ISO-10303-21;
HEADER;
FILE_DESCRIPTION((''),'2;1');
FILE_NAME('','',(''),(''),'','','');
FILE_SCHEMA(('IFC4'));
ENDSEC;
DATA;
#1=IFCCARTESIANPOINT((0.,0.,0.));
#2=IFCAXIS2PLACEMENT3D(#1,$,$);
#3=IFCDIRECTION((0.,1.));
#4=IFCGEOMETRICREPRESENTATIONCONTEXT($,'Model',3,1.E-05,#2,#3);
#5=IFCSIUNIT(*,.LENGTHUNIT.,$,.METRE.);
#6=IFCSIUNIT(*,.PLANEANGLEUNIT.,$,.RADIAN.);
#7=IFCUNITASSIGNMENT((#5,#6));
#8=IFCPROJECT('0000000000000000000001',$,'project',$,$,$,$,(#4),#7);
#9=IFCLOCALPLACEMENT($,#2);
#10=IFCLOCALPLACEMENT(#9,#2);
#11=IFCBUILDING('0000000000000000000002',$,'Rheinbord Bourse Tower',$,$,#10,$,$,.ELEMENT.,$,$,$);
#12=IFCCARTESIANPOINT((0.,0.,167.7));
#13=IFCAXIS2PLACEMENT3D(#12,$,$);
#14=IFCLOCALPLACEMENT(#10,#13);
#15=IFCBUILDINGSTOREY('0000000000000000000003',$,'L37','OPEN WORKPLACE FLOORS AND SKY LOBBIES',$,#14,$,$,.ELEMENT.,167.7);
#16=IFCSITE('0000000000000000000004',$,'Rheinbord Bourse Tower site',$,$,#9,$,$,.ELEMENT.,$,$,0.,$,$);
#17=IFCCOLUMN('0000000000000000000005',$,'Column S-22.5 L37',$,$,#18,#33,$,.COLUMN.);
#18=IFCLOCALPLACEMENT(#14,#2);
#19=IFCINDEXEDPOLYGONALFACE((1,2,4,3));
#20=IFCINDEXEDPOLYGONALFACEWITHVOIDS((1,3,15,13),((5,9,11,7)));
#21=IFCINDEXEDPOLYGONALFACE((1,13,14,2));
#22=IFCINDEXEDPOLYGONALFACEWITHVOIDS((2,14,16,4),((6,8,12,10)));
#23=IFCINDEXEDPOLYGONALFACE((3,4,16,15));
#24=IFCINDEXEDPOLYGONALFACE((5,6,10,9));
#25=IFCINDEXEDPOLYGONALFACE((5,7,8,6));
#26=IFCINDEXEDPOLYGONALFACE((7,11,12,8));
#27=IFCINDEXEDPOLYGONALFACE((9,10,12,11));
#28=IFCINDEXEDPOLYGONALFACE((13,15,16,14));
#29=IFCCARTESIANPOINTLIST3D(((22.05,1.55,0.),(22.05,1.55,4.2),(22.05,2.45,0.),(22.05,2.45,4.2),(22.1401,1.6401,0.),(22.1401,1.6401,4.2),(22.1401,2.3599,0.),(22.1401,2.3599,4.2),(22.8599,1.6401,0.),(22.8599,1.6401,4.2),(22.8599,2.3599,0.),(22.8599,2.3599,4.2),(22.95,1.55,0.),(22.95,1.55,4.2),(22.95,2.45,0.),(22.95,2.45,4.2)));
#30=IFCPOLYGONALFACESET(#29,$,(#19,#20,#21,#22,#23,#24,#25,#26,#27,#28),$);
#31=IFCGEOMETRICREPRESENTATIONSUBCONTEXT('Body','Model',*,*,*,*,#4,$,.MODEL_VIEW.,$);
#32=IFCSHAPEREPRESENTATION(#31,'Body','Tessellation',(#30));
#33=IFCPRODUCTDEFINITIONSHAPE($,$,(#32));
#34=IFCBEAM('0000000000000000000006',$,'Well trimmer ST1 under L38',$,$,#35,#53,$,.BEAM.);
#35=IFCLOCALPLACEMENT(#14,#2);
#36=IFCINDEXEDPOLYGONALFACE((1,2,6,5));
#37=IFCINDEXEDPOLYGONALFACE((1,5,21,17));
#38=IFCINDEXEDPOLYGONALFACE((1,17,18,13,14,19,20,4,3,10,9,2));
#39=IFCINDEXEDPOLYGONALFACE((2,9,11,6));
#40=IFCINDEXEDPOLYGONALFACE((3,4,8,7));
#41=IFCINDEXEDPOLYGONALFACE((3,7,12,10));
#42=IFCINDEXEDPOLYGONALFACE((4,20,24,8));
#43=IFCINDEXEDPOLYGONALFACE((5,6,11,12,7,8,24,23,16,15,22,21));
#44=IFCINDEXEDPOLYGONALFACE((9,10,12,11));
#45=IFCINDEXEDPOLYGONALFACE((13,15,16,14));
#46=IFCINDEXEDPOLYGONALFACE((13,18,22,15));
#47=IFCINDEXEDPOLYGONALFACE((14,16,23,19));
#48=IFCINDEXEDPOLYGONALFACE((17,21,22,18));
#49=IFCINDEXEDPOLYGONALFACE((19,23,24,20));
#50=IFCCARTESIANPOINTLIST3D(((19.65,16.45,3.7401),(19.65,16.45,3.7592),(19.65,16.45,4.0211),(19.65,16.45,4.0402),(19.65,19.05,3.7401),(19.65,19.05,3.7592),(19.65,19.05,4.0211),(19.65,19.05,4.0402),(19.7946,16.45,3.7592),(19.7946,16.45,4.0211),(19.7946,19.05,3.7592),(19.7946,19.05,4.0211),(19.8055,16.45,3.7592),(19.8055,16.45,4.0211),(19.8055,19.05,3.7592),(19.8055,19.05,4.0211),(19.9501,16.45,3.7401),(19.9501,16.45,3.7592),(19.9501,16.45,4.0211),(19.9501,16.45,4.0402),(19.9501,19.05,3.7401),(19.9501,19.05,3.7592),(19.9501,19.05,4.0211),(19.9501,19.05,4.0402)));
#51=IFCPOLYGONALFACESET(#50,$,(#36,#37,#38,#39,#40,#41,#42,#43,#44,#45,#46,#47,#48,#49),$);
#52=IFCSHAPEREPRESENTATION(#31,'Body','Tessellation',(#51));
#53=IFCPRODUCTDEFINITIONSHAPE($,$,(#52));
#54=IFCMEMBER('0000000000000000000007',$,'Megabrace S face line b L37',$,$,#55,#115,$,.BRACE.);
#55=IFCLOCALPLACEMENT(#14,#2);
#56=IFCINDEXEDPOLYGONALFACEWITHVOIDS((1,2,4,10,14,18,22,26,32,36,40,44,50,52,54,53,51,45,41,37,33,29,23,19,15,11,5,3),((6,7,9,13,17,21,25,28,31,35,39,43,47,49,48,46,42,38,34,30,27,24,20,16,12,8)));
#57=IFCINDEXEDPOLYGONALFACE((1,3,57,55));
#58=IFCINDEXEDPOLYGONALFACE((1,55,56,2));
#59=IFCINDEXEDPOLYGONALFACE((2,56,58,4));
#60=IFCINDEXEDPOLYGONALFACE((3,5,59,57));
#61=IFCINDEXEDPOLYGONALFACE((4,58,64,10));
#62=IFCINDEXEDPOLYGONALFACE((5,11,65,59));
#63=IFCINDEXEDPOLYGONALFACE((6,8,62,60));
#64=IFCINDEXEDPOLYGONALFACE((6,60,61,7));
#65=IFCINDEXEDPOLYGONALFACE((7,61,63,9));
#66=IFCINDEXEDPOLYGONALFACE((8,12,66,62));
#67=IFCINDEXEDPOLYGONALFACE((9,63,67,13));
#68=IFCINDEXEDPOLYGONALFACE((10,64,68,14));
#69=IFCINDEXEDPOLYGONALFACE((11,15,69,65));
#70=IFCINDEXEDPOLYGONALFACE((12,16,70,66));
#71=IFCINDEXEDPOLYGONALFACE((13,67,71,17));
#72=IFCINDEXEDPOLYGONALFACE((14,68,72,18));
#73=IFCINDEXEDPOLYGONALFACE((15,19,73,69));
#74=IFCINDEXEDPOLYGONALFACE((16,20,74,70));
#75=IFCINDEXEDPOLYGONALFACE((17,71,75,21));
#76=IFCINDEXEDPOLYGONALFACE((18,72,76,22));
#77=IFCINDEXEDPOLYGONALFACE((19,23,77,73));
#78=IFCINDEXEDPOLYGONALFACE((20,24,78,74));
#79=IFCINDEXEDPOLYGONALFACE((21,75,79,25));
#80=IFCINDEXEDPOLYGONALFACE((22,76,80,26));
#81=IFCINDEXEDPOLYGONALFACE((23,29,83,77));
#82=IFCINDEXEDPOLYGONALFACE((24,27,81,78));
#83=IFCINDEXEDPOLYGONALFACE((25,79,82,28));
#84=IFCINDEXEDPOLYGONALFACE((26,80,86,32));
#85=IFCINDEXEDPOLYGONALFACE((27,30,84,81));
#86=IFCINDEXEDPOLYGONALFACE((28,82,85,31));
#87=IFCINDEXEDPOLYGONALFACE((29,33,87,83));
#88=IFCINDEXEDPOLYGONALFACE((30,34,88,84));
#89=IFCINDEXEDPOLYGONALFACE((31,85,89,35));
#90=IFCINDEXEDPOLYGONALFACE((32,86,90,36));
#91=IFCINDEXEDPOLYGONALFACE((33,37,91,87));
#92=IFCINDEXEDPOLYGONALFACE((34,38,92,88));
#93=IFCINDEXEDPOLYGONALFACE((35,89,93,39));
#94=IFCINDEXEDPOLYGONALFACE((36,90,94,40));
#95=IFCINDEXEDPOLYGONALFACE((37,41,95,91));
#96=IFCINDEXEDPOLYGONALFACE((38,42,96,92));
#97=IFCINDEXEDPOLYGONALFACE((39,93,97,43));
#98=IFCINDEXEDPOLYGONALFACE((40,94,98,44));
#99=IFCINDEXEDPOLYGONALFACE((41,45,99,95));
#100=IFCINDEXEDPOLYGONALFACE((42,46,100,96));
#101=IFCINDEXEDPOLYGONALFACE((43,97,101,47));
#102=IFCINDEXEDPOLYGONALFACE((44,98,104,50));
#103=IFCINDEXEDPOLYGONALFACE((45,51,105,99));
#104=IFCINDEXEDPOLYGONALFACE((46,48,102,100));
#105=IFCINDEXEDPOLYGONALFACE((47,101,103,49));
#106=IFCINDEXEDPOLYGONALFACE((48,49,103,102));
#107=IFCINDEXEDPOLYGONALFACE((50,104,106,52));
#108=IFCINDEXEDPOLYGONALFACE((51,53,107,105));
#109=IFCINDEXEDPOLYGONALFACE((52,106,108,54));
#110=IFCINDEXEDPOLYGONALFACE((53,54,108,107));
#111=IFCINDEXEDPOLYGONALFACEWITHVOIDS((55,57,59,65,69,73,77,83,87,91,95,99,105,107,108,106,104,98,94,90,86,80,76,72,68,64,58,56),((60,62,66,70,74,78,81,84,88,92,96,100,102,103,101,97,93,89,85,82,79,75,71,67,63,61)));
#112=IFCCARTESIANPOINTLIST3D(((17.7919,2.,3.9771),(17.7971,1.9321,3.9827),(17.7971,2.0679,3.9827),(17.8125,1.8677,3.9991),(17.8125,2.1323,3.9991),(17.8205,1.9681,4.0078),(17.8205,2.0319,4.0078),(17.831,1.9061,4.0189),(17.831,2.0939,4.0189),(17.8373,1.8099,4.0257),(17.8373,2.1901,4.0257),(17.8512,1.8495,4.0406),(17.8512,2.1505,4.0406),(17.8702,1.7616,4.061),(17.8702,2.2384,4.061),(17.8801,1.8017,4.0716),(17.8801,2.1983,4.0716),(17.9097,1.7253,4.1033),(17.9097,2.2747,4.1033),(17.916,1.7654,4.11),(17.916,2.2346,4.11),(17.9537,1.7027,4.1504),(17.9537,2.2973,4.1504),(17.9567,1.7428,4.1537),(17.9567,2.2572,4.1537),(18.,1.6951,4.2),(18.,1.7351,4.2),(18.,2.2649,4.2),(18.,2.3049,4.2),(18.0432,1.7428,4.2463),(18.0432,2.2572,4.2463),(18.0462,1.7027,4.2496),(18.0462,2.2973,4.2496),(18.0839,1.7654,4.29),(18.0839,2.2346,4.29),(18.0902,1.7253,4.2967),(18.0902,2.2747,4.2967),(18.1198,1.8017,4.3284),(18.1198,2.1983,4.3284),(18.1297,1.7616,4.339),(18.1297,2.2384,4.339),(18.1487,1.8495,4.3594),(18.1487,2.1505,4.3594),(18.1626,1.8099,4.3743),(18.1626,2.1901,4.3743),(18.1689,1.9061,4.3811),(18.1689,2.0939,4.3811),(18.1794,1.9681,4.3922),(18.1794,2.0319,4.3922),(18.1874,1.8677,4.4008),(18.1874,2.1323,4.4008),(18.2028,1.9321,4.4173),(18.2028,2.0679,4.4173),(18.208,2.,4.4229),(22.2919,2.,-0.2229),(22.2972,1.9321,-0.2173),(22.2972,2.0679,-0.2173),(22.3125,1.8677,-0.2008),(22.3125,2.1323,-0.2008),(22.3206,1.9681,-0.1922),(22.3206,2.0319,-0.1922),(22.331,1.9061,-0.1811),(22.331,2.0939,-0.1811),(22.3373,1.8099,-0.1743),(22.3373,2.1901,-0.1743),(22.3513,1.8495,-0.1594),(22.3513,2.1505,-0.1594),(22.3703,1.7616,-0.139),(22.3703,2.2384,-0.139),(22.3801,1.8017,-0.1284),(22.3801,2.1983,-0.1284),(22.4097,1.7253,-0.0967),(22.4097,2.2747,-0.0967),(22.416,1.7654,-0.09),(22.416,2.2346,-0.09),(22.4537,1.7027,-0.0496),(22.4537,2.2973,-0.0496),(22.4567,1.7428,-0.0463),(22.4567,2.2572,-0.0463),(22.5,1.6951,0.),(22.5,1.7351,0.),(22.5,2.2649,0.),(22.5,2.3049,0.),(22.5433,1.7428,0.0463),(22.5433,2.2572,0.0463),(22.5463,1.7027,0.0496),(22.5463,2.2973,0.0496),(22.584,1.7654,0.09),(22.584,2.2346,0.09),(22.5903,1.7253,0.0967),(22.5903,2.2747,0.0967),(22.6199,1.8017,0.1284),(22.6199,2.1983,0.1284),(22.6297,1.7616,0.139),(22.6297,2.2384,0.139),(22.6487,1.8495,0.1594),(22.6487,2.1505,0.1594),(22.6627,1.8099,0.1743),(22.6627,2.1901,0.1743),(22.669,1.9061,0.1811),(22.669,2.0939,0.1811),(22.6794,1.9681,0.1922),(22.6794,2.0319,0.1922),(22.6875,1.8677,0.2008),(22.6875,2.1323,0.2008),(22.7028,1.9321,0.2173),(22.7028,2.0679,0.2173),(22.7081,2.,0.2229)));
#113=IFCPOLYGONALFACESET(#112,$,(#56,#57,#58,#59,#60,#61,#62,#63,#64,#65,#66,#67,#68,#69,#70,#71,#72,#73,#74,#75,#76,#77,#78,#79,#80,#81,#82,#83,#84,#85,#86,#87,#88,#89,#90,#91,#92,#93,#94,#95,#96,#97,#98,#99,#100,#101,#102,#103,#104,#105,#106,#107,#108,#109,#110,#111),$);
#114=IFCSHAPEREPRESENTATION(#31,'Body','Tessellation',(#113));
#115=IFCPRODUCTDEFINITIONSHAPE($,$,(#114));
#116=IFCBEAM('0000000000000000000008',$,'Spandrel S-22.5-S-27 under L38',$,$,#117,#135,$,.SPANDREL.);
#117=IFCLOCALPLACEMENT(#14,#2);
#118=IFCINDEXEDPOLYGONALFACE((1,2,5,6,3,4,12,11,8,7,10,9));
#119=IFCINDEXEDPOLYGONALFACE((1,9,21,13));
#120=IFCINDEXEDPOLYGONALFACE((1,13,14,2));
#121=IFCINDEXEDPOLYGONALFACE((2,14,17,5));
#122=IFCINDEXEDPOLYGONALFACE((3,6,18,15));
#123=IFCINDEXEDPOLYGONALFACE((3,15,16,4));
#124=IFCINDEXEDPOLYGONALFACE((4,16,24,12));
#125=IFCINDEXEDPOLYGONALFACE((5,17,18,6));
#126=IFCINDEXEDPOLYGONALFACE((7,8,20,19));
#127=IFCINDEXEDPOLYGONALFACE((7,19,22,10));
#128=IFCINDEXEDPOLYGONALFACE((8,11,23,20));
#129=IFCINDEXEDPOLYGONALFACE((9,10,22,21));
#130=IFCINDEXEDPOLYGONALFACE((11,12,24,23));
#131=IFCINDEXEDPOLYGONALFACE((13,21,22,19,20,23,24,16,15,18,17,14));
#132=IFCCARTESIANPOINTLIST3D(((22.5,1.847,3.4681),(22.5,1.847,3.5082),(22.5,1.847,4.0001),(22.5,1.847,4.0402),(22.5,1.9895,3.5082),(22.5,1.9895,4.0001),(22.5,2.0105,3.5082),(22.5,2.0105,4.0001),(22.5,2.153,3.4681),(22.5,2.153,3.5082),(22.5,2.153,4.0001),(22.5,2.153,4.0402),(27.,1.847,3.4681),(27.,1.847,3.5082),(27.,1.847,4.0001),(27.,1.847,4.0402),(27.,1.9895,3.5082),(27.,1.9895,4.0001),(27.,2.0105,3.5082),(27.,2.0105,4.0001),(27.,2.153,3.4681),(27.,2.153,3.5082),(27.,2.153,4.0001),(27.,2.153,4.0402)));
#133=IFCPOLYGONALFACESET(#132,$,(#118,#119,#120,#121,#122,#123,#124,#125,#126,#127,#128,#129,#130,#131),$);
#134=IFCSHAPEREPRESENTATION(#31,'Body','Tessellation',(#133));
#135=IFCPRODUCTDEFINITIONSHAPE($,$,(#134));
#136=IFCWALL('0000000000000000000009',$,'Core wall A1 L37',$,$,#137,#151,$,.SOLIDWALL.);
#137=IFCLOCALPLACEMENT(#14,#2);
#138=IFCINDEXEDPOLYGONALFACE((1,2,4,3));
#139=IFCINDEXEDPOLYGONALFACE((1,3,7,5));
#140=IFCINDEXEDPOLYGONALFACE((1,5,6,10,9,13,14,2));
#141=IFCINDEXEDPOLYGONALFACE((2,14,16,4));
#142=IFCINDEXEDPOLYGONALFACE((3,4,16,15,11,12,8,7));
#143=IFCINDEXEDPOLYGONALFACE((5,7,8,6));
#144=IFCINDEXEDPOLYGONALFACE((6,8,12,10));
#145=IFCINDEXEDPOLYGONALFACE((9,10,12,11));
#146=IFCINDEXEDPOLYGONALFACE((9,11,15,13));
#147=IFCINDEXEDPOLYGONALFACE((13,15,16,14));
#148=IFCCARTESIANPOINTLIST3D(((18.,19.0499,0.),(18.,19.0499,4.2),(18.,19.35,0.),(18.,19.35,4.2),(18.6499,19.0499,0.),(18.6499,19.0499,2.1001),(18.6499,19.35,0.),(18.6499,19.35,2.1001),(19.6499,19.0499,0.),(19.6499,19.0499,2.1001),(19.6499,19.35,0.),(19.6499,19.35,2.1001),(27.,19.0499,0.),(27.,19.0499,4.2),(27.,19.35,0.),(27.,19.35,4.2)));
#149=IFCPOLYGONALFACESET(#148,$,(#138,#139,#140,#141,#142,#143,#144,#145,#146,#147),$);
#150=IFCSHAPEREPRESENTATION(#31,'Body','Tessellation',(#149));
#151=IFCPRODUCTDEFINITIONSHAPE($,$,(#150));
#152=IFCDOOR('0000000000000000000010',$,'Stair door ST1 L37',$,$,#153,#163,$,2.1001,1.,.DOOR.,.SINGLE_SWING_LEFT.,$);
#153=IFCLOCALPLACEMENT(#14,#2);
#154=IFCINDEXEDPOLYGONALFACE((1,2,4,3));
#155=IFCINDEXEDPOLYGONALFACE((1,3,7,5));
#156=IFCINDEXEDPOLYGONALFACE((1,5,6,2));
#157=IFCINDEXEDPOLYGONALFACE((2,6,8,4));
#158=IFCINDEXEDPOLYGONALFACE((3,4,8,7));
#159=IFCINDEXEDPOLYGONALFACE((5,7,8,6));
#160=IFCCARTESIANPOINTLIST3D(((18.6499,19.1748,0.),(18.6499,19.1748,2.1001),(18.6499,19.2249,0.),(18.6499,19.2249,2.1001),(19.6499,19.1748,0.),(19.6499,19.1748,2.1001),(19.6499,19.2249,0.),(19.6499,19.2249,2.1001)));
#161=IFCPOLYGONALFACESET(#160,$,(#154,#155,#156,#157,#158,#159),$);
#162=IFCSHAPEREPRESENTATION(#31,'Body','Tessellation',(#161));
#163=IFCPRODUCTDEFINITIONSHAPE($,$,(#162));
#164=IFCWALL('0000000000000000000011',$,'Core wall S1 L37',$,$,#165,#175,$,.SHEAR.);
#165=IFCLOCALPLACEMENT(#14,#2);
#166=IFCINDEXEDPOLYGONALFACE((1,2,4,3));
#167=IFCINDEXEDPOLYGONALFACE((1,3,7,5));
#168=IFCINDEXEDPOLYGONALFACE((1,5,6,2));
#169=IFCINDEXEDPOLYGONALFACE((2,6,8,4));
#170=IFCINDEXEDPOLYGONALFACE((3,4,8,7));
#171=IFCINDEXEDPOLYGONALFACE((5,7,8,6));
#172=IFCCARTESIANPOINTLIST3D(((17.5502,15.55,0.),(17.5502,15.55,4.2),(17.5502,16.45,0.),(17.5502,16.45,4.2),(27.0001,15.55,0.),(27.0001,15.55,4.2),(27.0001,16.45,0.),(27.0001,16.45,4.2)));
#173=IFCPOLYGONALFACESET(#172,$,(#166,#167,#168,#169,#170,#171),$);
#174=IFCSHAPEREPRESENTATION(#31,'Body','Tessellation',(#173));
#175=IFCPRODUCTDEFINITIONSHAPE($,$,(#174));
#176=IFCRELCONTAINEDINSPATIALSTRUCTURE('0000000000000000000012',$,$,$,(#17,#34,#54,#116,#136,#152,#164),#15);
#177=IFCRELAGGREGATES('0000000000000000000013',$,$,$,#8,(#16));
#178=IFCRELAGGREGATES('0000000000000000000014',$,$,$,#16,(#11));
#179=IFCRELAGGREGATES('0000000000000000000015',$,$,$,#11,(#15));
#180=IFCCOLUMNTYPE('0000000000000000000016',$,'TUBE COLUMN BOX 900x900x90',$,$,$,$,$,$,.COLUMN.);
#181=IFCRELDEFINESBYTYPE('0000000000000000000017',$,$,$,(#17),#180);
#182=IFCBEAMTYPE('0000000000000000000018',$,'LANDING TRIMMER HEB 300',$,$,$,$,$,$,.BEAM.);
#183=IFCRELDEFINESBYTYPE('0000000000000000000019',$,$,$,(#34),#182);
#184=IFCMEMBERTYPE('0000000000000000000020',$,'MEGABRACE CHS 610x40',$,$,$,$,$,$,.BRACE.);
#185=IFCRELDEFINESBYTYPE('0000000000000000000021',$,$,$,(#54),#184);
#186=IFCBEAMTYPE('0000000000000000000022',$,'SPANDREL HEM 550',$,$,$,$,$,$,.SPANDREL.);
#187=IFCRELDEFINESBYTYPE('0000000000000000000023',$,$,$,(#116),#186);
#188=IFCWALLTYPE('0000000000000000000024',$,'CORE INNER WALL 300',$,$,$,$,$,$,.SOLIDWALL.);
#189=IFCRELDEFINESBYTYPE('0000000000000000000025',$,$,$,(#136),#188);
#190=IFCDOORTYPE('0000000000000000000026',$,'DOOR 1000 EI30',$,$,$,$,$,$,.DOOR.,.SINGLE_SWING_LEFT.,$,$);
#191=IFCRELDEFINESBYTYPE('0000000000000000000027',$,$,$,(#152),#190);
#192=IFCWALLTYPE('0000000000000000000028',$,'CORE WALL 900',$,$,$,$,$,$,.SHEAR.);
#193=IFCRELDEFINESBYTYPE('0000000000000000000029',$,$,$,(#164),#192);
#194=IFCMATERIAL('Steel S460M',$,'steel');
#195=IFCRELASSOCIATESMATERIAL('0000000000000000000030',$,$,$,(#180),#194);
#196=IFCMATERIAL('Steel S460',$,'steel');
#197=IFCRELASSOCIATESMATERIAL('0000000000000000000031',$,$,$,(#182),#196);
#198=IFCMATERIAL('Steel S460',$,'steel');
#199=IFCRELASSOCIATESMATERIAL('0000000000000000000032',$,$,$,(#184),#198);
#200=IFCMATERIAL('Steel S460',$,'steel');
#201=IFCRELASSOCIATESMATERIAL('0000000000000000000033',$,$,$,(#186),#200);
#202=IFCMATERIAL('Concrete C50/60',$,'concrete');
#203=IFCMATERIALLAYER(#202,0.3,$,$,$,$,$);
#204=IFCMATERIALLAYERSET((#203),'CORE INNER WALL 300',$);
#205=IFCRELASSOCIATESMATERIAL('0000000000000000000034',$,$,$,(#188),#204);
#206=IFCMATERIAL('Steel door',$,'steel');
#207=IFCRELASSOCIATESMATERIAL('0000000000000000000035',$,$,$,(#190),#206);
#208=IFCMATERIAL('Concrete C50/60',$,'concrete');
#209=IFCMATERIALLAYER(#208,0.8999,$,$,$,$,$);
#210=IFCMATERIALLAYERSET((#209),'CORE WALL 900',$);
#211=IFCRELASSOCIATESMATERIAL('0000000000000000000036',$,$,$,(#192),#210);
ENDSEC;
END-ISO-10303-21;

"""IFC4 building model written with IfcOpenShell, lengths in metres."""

from ifc_helpers import new_model, si_unit, direction, frame, frame_2d, origin, origin_2d, place, context, subcontext, project, spatial, rectangle, hollow_rectangle, hollow_circle, i_section, extrude, material, layer, layer_set, material_profile, profile_set, type_object, element, fill, save


model = new_model("IFC4")

# Units and contexts
model_context = context("Model", 3, precision=1e-05, world=origin(), true_north=direction((0.0, 1.0)))
body_context = subcontext(model_context, "Body", "Model", "MODEL_VIEW")
ifc_project = project(units=[si_unit("LENGTHUNIT", "METRE"), si_unit("PLANEANGLEUNIT", "RADIAN")], contexts=[model_context])

# Site, building, storey
site_placement = place(None, origin())
site = spatial("IfcSite", under=ifc_project, at=site_placement, Name="Rheinbord Bourse Tower site", CompositionType="ELEMENT", RefElevation=0.0)
building_placement = place(site_placement, origin())
building = spatial("IfcBuilding", under=site, at=building_placement, Name="Rheinbord Bourse Tower", CompositionType="ELEMENT")
storey_placement = place(building_placement, frame((0.0, 0.0, 167.7)))
storey = spatial("IfcBuildingStorey", under=building, at=storey_placement, Name="L37", Description="OPEN WORKPLACE FLOORS AND SKY LOBBIES", CompositionType="ELEMENT", Elevation=167.7)

# Column
ifc_material_1 = material(Name="Steel S460M", Category="steel")
ifc_material_profile_1 = material_profile(ifc_material_1, hollow_rectangle(XDim=0.8999, YDim=0.8999, WallThickness=0.0901, at=origin_2d()), Name="BOX 900x900x90")
ifc_profile_set_1 = profile_set([ifc_material_profile_1], Name="Steel S460M")
column_type = type_object("IfcColumnType", Name="TUBE COLUMN BOX 900x900x90", PredefinedType="COLUMN", material=ifc_profile_set_1)
column_placement = place(storey_placement, frame((22.5, 2.0, 0.0), z_axis=(0.0, 0.0, 1.0), x_axis=(0.0, 1.0, 0.0)))
element("IfcColumn", 1, at=column_placement, inside=storey, type_object=column_type, Name="Column S-22.5 L37", PredefinedType="COLUMN", context=body_context, shape_type="SweptSolid", body=[
    extrude(hollow_rectangle(XDim=0.8999, YDim=0.8999, WallThickness=0.0901, at=origin_2d()), origin(), (0.0, 0.0, 1.0), 4.2),
])

# Beam
ifc_material_2 = material(Name="Steel S460", Category="steel")
ifc_material_profile_2 = material_profile(ifc_material_2, i_section(OverallWidth=0.3, OverallDepth=0.3, WebThickness=0.011, FlangeThickness=0.019, at=origin_2d()), Name="HEB 300")
ifc_profile_set_2 = profile_set([ifc_material_profile_2], Name="Steel S460")
beam_type_1 = type_object("IfcBeamType", Name="LANDING TRIMMER HEB 300", PredefinedType="BEAM", material=ifc_profile_set_2)
beam_1_placement = place(storey_placement, frame((19.8, 16.45, 3.8901), z_axis=(0.0, 1.0, 0.0), x_axis=(-1.0, 0.0, 0.0)))
element("IfcBeam", 2, at=beam_1_placement, inside=storey, type_object=beam_type_1, Name="Well trimmer ST1 under L38", PredefinedType="BEAM", context=body_context, shape_type="SweptSolid", body=[
    extrude(i_section(OverallWidth=0.3, OverallDepth=0.3, WebThickness=0.011, FlangeThickness=0.019, at=origin_2d()), origin(), (0.0, 0.0, 1.0), 2.6001),
])

# Member
ifc_material_3 = material(Name="Steel S460", Category="steel")
ifc_material_profile_3 = material_profile(ifc_material_3, hollow_circle(Radius=0.3049, WallThickness=0.04, at=origin_2d()), Name="CHS 610x40")
ifc_profile_set_3 = profile_set([ifc_material_profile_3], Name="Steel S460")
member_type = type_object("IfcMemberType", Name="MEGABRACE CHS 610x40", PredefinedType="BRACE", material=ifc_profile_set_3)
member_placement = place(storey_placement, frame((22.5, 2.0, 0.0), z_axis=(-0.731059, 0.0, 0.682314), x_axis=(0.0, -1.0, 0.0)))
element("IfcMember", 3, at=member_placement, inside=storey, type_object=member_type, Name="Megabrace S face line b L37", PredefinedType="BRACE", context=body_context, shape_type="SweptSolid", body=[
    extrude(hollow_circle(Radius=0.3049, WallThickness=0.04, at=origin_2d()), origin(), (0.0, 0.0, 1.0), 6.1555),
])

# Beam
ifc_material_4 = material(Name="Steel S460", Category="steel")
ifc_material_profile_4 = material_profile(ifc_material_4, i_section(OverallWidth=0.3059, OverallDepth=0.572, WebThickness=0.021, FlangeThickness=0.04, at=origin_2d()), Name="HEM 550")
ifc_profile_set_4 = profile_set([ifc_material_profile_4], Name="Steel S460")
beam_type_2 = type_object("IfcBeamType", Name="SPANDREL HEM 550", PredefinedType="SPANDREL", material=ifc_profile_set_4)
beam_2_placement = place(storey_placement, frame((22.5, 2.0, 3.7542), z_axis=(1.0, 0.0, 0.0), x_axis=(0.0, 1.0, 0.0)))
element("IfcBeam", 4, at=beam_2_placement, inside=storey, type_object=beam_type_2, Name="Spandrel S-22.5-S-27 under L38", PredefinedType="SPANDREL", context=body_context, shape_type="SweptSolid", body=[
    extrude(i_section(OverallWidth=0.3059, OverallDepth=0.572, WebThickness=0.021, FlangeThickness=0.04, at=origin_2d()), origin(), (0.0, 0.0, 1.0), 4.5),
])

# Wall, opening, door
ifc_material_5 = material(Name="Concrete C50/60", Category="concrete")
ifc_layer_1 = layer(ifc_material_5, 0.3)
ifc_layer_set_1 = layer_set([ifc_layer_1], Name="CORE INNER WALL 300")
wall_type_1 = type_object("IfcWallType", Name="CORE INNER WALL 300", PredefinedType="SOLIDWALL", material=ifc_layer_set_1)
wall_1_placement = place(storey_placement, frame((18.0, 19.2, 0.0), z_axis=(0.0, 0.0, 1.0), x_axis=(1.0, 0.0, 0.0)))
wall_1 = element("IfcWall", 5, at=wall_1_placement, inside=storey, type_object=wall_type_1, Name="Core wall A1 L37", PredefinedType="SOLIDWALL", context=body_context, shape_type="SweptSolid", body=[
    extrude(rectangle(XDim=9.0, YDim=0.3, at=frame_2d((4.5, 0.0))), origin(), (0.0, 0.0, 1.0), 4.2),
])
opening_1_placement = place(wall_1_placement, frame((0.6499, 0.0, 0.0)))
opening_1 = element("IfcOpeningElement", 6, at=opening_1_placement, cuts=wall_1, PredefinedType="OPENING", context=body_context, shape_type="SweptSolid", body=[
    extrude(rectangle(XDim=1.0, YDim=2.1001, at=frame_2d((0.5, 1.05))), frame((0.0, 0.1599, 0.0), z_axis=(0.0, -1.0, 0.0), x_axis=(1.0, 0.0, 0.0)), (0.0, 0.0, 1.0), 0.3201),
])
ifc_material_6 = material(Name="Steel door", Category="steel")
door_type_1 = type_object("IfcDoorType", Name="DOOR 1000 EI30", OperationType="SINGLE_SWING_LEFT", PredefinedType="DOOR", material=ifc_material_6)
door_1_placement = place(opening_1_placement, origin())
door_1 = element("IfcDoor", 7, at=door_1_placement, inside=storey, type_object=door_type_1, Name="Stair door ST1 L37", OperationType="SINGLE_SWING_LEFT", OverallHeight=2.1001, OverallWidth=1.0, PredefinedType="DOOR", context=body_context, shape_type="SweptSolid", body=[
    extrude(rectangle(XDim=1.0, YDim=2.1001, at=frame_2d((0.5, 1.05))), frame((0.0, 0.0249, 0.0), z_axis=(0.0, -1.0, 0.0), x_axis=(1.0, 0.0, 0.0)), (0.0, 0.0, 1.0), 0.05),
])
fill(opening_1, door_1)

# Wall
ifc_material_7 = material(Name="Concrete C50/60", Category="concrete")
ifc_layer_2 = layer(ifc_material_7, 0.8999)
ifc_layer_set_2 = layer_set([ifc_layer_2], Name="CORE WALL 900")
wall_type_2 = type_object("IfcWallType", Name="CORE WALL 900", PredefinedType="SHEAR", material=ifc_layer_set_2)
wall_2_placement = place(storey_placement, frame((17.55, 16.0, 0.0), z_axis=(0.0, 0.0, 1.0), x_axis=(1.0, 0.0, 0.0)))
element("IfcWall", 8, at=wall_2_placement, inside=storey, type_object=wall_type_2, Name="Core wall S1 L37", PredefinedType="SHEAR", context=body_context, shape_type="SweptSolid", body=[
    extrude(rectangle(XDim=9.45, YDim=0.8999, at=frame_2d((4.7251, 0.0))), origin(), (0.0, 0.0, 1.0), 4.2),
])

save(model, "model.ifc")
